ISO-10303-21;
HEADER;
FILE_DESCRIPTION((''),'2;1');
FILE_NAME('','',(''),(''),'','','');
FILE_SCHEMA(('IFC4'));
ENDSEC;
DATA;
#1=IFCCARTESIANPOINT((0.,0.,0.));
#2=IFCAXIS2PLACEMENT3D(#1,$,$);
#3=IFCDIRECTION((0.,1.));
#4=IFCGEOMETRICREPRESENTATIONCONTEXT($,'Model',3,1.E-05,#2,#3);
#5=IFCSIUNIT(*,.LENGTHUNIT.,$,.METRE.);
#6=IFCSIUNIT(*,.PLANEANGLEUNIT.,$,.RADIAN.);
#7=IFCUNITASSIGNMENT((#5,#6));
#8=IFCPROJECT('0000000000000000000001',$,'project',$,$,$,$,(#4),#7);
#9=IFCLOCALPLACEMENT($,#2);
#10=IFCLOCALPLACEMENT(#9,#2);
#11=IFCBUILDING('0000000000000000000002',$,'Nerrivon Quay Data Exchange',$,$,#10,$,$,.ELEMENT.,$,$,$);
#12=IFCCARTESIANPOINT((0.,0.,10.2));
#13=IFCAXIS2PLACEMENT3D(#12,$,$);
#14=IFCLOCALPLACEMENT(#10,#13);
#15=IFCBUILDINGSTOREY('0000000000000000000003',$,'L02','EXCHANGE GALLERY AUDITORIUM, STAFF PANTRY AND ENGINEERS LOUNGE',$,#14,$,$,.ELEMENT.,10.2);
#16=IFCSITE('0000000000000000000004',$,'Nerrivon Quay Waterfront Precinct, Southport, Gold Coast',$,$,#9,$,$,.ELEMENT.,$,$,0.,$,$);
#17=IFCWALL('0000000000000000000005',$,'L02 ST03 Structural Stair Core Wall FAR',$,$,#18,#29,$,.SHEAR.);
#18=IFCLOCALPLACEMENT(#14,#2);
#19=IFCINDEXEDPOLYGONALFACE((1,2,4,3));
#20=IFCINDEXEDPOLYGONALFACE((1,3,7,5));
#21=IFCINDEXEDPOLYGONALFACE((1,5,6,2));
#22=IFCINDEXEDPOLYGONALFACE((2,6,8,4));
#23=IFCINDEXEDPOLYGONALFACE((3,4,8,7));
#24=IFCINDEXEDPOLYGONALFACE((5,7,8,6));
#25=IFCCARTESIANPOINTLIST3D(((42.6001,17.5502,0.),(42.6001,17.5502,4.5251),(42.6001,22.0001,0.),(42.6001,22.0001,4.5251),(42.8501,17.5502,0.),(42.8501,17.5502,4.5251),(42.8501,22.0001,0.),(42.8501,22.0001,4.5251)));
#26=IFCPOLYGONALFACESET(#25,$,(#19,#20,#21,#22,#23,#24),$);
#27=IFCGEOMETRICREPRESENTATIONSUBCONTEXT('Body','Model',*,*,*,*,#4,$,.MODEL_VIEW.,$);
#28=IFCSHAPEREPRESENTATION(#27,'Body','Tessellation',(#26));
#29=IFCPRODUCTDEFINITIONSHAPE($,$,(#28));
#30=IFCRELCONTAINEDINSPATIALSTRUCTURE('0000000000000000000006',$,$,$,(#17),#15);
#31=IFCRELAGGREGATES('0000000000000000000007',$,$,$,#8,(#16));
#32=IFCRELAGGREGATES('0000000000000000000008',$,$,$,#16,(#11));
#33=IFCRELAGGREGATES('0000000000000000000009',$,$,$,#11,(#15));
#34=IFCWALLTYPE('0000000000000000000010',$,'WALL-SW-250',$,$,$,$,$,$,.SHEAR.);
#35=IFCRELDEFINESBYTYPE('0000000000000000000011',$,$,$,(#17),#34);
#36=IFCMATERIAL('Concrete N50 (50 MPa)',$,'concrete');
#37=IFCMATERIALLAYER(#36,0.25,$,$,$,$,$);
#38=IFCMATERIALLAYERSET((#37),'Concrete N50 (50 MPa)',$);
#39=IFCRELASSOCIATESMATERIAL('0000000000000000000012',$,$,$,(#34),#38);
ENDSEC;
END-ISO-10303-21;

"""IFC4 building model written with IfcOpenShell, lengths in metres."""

from ifc_helpers import new_model, si_unit, direction, frame, frame_2d, origin, place, context, subcontext, project, spatial, rectangle, extrude, material, layer, layer_set, type_object, element, save


model = new_model("IFC4")

# Units and contexts
model_context = context("Model", 3, precision=1e-05, world=origin(), true_north=direction((0.0, 1.0)))
body_context = subcontext(model_context, "Body", "Model", "MODEL_VIEW")
ifc_project = project(units=[si_unit("LENGTHUNIT", "METRE"), si_unit("PLANEANGLEUNIT", "RADIAN")], contexts=[model_context])

# Site, building, storey
site_placement = place(None, origin())
site = spatial("IfcSite", under=ifc_project, at=site_placement, Name="Nerrivon Quay Waterfront Precinct, Southport, Gold Coast", CompositionType="ELEMENT", RefElevation=0.0)
building_placement = place(site_placement, origin())
building = spatial("IfcBuilding", under=site, at=building_placement, Name="Nerrivon Quay Data Exchange", CompositionType="ELEMENT")
storey_placement = place(building_placement, frame((0.0, 0.0, 10.2)))
storey = spatial("IfcBuildingStorey", under=building, at=storey_placement, Name="L02", Description="EXCHANGE GALLERY AUDITORIUM, STAFF PANTRY AND ENGINEERS LOUNGE", CompositionType="ELEMENT", Elevation=10.2)

# Wall
ifc_material_1 = material(Name="Concrete N50 (50 MPa)", Category="concrete")
ifc_layer_1 = layer(ifc_material_1, 0.25)
ifc_layer_set_1 = layer_set([ifc_layer_1], Name="Concrete N50 (50 MPa)")
wall_type_1 = type_object("IfcWallType", Name="WALL-SW-250", PredefinedType="SHEAR", material=ifc_layer_set_1)
wall_1_placement = place(storey_placement, frame((42.7251, 17.55, 0.0), z_axis=(0.0, 0.0, 1.0), x_axis=(0.0, 1.0, 0.0)))
element("IfcWall", 1, at=wall_1_placement, inside=storey, type_object=wall_type_1, Name="L02 ST03 Structural Stair Core Wall FAR", PredefinedType="SHEAR", context=body_context, shape_type="SweptSolid", body=[
    extrude(rectangle(XDim=4.45, YDim=0.25, at=frame_2d((2.2251, 0.0))), origin(), (0.0, 0.0, 1.0), 4.5251),
])

save(model, "model.ifc")
